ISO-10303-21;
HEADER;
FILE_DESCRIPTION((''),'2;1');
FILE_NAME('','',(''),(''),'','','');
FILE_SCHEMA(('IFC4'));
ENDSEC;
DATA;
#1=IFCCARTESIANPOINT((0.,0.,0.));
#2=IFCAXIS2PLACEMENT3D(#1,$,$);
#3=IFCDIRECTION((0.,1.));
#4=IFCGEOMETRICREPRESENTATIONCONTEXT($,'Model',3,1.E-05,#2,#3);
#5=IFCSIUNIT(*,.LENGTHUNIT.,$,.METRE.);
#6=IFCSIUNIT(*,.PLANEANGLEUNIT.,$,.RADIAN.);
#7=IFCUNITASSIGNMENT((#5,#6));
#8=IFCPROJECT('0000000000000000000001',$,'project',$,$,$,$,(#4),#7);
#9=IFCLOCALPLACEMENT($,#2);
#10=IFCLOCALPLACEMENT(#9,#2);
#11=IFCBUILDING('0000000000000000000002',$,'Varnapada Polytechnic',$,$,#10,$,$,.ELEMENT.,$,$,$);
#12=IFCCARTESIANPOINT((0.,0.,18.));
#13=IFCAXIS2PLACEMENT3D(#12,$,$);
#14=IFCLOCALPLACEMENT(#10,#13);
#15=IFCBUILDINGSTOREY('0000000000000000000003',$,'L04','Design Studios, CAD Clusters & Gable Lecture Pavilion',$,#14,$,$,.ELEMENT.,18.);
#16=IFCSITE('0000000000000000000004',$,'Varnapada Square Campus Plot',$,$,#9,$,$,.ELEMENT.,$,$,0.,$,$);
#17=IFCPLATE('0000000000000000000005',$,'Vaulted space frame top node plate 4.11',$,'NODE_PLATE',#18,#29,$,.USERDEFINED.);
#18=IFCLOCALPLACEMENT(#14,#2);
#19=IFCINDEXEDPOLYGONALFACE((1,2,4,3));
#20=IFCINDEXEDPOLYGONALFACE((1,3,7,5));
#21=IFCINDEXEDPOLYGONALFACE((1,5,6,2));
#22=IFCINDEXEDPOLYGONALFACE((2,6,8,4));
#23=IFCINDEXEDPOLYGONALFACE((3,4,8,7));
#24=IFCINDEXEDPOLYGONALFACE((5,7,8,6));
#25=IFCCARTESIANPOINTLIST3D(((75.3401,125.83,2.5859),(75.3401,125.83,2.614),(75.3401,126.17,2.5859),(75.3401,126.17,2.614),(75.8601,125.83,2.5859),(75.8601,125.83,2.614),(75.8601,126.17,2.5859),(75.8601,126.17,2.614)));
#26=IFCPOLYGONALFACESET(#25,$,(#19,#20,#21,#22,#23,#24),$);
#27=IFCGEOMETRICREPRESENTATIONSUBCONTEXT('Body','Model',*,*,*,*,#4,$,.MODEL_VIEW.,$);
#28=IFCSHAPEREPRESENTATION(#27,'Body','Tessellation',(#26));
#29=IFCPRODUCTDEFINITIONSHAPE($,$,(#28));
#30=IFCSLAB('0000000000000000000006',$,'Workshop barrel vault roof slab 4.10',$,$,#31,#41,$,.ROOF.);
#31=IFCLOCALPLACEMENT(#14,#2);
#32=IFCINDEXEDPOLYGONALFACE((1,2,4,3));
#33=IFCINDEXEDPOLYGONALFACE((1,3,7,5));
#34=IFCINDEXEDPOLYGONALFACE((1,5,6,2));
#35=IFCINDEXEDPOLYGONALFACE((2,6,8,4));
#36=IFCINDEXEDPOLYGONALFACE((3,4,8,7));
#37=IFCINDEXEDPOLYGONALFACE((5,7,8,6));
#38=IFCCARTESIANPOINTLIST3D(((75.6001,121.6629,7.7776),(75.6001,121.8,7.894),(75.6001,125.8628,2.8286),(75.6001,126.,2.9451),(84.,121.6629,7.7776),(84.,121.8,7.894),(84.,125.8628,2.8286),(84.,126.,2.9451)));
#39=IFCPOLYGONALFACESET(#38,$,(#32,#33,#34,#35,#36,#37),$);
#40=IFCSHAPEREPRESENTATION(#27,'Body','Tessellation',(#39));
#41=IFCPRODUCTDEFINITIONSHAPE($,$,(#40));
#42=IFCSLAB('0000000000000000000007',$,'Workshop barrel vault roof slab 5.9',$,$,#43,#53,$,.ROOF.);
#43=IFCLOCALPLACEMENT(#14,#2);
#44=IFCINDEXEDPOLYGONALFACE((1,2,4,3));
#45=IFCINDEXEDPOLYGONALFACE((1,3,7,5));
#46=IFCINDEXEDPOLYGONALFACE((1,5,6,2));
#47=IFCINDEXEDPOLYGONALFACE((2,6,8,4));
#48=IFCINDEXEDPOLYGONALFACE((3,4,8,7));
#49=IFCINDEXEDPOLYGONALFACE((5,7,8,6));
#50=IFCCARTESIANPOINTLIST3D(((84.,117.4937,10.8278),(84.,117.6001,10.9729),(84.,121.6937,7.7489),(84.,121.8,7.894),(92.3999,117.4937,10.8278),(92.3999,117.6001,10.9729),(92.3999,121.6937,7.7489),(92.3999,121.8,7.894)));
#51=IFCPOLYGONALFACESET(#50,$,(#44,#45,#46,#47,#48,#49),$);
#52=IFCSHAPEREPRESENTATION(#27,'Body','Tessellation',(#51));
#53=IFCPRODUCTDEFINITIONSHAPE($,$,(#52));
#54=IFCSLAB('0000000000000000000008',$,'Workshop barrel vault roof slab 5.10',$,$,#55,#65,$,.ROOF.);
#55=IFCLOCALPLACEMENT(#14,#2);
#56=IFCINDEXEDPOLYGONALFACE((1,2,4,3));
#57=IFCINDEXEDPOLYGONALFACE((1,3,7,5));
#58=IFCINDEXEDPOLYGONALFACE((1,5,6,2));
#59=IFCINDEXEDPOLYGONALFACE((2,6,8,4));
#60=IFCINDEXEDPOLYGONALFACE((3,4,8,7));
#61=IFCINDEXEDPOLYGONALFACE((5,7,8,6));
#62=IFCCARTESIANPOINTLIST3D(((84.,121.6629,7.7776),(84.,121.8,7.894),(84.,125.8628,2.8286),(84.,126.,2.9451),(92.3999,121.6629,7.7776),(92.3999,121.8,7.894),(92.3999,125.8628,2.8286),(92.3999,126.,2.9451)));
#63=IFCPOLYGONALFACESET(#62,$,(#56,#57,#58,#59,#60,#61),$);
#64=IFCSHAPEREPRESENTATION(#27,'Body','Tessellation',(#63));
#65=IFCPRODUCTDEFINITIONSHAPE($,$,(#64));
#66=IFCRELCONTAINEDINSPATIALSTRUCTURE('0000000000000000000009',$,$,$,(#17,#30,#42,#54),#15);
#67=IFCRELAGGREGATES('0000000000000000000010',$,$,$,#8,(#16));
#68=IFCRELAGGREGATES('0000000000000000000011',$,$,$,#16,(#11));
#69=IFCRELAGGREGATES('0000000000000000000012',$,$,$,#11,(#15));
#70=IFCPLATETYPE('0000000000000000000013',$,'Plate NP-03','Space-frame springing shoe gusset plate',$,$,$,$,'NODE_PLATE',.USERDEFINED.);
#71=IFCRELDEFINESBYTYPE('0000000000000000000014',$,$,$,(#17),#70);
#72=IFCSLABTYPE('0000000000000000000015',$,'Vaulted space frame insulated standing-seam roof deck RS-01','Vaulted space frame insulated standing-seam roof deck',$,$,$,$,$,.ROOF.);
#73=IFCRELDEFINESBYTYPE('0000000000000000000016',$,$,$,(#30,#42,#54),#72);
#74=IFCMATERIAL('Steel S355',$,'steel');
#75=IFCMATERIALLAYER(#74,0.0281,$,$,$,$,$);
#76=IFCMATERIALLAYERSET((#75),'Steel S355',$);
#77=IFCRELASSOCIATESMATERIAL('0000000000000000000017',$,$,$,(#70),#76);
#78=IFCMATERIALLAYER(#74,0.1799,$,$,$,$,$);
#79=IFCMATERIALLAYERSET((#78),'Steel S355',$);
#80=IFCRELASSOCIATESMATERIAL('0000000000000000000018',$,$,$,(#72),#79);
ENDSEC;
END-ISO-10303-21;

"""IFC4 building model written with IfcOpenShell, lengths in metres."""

from ifc_helpers import new_model, si_unit, direction, frame, origin, origin_2d, place, context, subcontext, project, spatial, polyline, rectangle, outline, extrude, material, layer, layer_set, type_object, element, save


model = new_model("IFC4")

# Units and contexts
model_context = context("Model", 3, precision=1e-05, world=origin(), true_north=direction((0.0, 1.0)))
body_context = subcontext(model_context, "Body", "Model", "MODEL_VIEW")
ifc_project = project(units=[si_unit("LENGTHUNIT", "METRE"), si_unit("PLANEANGLEUNIT", "RADIAN")], contexts=[model_context])

# Site, building, storey
site_placement = place(None, origin())
site = spatial("IfcSite", under=ifc_project, at=site_placement, Name="Varnapada Square Campus Plot", CompositionType="ELEMENT", RefElevation=0.0)
building_placement = place(site_placement, origin())
building = spatial("IfcBuilding", under=site, at=building_placement, Name="Varnapada Polytechnic", CompositionType="ELEMENT")
storey_placement = place(building_placement, frame((0.0, 0.0, 18.0)))
storey = spatial("IfcBuildingStorey", under=building, at=storey_placement, Name="L04", Description="Design Studios, CAD Clusters & Gable Lecture Pavilion", CompositionType="ELEMENT", Elevation=18.0)

# Shared definitions
ifc_material = material(Name="Steel S355", Category="steel")

# Plate
ifc_layer_1 = layer(ifc_material, 0.0281)
ifc_layer_set_1 = layer_set([ifc_layer_1], Name="Steel S355")
plate_type_1 = type_object("IfcPlateType", Name="Plate NP-03", Description="Space-frame springing shoe gusset plate", ElementType="NODE_PLATE", PredefinedType="USERDEFINED", material=ifc_layer_set_1)
for number, where, z_axis, x_axis, name in (
    (1, (75.6001, 126.0, 2.5859), (0.0, 0.0, 1.0), (1.0, 0.0, 0.0), "Vaulted space frame top node plate 4.11"),
):
    element("IfcPlate", number, at=place(storey_placement, frame(where, z_axis=z_axis, x_axis=x_axis)), inside=storey, type_object=plate_type_1, Name=name, ObjectType="NODE_PLATE", PredefinedType="USERDEFINED", context=body_context, shape_type="SweptSolid", body=[
        extrude(rectangle(XDim=0.52, YDim=0.3401, at=origin_2d()), origin(), (0.0, 0.0, 1.0), 0.0281),
    ])

# Slabs
ifc_layer_2 = layer(ifc_material, 0.1799)
ifc_layer_set_2 = layer_set([ifc_layer_2], Name="Steel S355")
slab_type = type_object("IfcSlabType", Name="Vaulted space frame insulated standing-seam roof deck RS-01", Description="Vaulted space frame insulated standing-seam roof deck", PredefinedType="ROOF", material=ifc_layer_set_2)
slab_1_placement = place(storey_placement, frame((75.6001, 121.8, 7.894), z_axis=(0.0, 0.762447, 0.647051), x_axis=(1.0, 0.0, 0.0)))
element("IfcSlab", 2, at=slab_1_placement, inside=storey, type_object=slab_type, Name="Workshop barrel vault roof slab 4.10", PredefinedType="ROOF", context=body_context, shape_type="SweptSolid", body=[
    extrude(outline(polyline([(0.0, 0.0), (8.3999, 0.0), (8.3999, 6.4909), (0.0, 6.4909), (0.0, 0.0)])), origin(), (0.0, 0.0, -1.0), 0.1799),
])
slab_2_placement = place(storey_placement, frame((84.0, 117.6001, 10.9729), z_axis=(0.0, 0.591225, 0.806506), x_axis=(1.0, 0.0, 0.0)))
element("IfcSlab", 3, at=slab_2_placement, inside=storey, type_object=slab_type, Name="Workshop barrel vault roof slab 5.9", PredefinedType="ROOF", context=body_context, shape_type="SweptSolid", body=[
    extrude(outline(polyline([(0.0, 0.0), (8.3999, 0.0), (8.3999, 5.2076), (0.0, 5.2076), (0.0, 0.0)])), origin(), (0.0, 0.0, -1.0), 0.1799),
])
slab_3_placement = place(storey_placement, frame((84.0, 121.8, 7.894), z_axis=(0.0, 0.762447, 0.647051), x_axis=(1.0, 0.0, 0.0)))
element("IfcSlab", 4, at=slab_3_placement, inside=storey, type_object=slab_type, Name="Workshop barrel vault roof slab 5.10", PredefinedType="ROOF", context=body_context, shape_type="SweptSolid", body=[
    extrude(outline(polyline([(0.0, 0.0), (8.3999, 0.0), (8.3999, 6.4909), (0.0, 6.4909), (0.0, 0.0)])), origin(), (0.0, 0.0, -1.0), 0.1799),
])

save(model, "model.ifc")
